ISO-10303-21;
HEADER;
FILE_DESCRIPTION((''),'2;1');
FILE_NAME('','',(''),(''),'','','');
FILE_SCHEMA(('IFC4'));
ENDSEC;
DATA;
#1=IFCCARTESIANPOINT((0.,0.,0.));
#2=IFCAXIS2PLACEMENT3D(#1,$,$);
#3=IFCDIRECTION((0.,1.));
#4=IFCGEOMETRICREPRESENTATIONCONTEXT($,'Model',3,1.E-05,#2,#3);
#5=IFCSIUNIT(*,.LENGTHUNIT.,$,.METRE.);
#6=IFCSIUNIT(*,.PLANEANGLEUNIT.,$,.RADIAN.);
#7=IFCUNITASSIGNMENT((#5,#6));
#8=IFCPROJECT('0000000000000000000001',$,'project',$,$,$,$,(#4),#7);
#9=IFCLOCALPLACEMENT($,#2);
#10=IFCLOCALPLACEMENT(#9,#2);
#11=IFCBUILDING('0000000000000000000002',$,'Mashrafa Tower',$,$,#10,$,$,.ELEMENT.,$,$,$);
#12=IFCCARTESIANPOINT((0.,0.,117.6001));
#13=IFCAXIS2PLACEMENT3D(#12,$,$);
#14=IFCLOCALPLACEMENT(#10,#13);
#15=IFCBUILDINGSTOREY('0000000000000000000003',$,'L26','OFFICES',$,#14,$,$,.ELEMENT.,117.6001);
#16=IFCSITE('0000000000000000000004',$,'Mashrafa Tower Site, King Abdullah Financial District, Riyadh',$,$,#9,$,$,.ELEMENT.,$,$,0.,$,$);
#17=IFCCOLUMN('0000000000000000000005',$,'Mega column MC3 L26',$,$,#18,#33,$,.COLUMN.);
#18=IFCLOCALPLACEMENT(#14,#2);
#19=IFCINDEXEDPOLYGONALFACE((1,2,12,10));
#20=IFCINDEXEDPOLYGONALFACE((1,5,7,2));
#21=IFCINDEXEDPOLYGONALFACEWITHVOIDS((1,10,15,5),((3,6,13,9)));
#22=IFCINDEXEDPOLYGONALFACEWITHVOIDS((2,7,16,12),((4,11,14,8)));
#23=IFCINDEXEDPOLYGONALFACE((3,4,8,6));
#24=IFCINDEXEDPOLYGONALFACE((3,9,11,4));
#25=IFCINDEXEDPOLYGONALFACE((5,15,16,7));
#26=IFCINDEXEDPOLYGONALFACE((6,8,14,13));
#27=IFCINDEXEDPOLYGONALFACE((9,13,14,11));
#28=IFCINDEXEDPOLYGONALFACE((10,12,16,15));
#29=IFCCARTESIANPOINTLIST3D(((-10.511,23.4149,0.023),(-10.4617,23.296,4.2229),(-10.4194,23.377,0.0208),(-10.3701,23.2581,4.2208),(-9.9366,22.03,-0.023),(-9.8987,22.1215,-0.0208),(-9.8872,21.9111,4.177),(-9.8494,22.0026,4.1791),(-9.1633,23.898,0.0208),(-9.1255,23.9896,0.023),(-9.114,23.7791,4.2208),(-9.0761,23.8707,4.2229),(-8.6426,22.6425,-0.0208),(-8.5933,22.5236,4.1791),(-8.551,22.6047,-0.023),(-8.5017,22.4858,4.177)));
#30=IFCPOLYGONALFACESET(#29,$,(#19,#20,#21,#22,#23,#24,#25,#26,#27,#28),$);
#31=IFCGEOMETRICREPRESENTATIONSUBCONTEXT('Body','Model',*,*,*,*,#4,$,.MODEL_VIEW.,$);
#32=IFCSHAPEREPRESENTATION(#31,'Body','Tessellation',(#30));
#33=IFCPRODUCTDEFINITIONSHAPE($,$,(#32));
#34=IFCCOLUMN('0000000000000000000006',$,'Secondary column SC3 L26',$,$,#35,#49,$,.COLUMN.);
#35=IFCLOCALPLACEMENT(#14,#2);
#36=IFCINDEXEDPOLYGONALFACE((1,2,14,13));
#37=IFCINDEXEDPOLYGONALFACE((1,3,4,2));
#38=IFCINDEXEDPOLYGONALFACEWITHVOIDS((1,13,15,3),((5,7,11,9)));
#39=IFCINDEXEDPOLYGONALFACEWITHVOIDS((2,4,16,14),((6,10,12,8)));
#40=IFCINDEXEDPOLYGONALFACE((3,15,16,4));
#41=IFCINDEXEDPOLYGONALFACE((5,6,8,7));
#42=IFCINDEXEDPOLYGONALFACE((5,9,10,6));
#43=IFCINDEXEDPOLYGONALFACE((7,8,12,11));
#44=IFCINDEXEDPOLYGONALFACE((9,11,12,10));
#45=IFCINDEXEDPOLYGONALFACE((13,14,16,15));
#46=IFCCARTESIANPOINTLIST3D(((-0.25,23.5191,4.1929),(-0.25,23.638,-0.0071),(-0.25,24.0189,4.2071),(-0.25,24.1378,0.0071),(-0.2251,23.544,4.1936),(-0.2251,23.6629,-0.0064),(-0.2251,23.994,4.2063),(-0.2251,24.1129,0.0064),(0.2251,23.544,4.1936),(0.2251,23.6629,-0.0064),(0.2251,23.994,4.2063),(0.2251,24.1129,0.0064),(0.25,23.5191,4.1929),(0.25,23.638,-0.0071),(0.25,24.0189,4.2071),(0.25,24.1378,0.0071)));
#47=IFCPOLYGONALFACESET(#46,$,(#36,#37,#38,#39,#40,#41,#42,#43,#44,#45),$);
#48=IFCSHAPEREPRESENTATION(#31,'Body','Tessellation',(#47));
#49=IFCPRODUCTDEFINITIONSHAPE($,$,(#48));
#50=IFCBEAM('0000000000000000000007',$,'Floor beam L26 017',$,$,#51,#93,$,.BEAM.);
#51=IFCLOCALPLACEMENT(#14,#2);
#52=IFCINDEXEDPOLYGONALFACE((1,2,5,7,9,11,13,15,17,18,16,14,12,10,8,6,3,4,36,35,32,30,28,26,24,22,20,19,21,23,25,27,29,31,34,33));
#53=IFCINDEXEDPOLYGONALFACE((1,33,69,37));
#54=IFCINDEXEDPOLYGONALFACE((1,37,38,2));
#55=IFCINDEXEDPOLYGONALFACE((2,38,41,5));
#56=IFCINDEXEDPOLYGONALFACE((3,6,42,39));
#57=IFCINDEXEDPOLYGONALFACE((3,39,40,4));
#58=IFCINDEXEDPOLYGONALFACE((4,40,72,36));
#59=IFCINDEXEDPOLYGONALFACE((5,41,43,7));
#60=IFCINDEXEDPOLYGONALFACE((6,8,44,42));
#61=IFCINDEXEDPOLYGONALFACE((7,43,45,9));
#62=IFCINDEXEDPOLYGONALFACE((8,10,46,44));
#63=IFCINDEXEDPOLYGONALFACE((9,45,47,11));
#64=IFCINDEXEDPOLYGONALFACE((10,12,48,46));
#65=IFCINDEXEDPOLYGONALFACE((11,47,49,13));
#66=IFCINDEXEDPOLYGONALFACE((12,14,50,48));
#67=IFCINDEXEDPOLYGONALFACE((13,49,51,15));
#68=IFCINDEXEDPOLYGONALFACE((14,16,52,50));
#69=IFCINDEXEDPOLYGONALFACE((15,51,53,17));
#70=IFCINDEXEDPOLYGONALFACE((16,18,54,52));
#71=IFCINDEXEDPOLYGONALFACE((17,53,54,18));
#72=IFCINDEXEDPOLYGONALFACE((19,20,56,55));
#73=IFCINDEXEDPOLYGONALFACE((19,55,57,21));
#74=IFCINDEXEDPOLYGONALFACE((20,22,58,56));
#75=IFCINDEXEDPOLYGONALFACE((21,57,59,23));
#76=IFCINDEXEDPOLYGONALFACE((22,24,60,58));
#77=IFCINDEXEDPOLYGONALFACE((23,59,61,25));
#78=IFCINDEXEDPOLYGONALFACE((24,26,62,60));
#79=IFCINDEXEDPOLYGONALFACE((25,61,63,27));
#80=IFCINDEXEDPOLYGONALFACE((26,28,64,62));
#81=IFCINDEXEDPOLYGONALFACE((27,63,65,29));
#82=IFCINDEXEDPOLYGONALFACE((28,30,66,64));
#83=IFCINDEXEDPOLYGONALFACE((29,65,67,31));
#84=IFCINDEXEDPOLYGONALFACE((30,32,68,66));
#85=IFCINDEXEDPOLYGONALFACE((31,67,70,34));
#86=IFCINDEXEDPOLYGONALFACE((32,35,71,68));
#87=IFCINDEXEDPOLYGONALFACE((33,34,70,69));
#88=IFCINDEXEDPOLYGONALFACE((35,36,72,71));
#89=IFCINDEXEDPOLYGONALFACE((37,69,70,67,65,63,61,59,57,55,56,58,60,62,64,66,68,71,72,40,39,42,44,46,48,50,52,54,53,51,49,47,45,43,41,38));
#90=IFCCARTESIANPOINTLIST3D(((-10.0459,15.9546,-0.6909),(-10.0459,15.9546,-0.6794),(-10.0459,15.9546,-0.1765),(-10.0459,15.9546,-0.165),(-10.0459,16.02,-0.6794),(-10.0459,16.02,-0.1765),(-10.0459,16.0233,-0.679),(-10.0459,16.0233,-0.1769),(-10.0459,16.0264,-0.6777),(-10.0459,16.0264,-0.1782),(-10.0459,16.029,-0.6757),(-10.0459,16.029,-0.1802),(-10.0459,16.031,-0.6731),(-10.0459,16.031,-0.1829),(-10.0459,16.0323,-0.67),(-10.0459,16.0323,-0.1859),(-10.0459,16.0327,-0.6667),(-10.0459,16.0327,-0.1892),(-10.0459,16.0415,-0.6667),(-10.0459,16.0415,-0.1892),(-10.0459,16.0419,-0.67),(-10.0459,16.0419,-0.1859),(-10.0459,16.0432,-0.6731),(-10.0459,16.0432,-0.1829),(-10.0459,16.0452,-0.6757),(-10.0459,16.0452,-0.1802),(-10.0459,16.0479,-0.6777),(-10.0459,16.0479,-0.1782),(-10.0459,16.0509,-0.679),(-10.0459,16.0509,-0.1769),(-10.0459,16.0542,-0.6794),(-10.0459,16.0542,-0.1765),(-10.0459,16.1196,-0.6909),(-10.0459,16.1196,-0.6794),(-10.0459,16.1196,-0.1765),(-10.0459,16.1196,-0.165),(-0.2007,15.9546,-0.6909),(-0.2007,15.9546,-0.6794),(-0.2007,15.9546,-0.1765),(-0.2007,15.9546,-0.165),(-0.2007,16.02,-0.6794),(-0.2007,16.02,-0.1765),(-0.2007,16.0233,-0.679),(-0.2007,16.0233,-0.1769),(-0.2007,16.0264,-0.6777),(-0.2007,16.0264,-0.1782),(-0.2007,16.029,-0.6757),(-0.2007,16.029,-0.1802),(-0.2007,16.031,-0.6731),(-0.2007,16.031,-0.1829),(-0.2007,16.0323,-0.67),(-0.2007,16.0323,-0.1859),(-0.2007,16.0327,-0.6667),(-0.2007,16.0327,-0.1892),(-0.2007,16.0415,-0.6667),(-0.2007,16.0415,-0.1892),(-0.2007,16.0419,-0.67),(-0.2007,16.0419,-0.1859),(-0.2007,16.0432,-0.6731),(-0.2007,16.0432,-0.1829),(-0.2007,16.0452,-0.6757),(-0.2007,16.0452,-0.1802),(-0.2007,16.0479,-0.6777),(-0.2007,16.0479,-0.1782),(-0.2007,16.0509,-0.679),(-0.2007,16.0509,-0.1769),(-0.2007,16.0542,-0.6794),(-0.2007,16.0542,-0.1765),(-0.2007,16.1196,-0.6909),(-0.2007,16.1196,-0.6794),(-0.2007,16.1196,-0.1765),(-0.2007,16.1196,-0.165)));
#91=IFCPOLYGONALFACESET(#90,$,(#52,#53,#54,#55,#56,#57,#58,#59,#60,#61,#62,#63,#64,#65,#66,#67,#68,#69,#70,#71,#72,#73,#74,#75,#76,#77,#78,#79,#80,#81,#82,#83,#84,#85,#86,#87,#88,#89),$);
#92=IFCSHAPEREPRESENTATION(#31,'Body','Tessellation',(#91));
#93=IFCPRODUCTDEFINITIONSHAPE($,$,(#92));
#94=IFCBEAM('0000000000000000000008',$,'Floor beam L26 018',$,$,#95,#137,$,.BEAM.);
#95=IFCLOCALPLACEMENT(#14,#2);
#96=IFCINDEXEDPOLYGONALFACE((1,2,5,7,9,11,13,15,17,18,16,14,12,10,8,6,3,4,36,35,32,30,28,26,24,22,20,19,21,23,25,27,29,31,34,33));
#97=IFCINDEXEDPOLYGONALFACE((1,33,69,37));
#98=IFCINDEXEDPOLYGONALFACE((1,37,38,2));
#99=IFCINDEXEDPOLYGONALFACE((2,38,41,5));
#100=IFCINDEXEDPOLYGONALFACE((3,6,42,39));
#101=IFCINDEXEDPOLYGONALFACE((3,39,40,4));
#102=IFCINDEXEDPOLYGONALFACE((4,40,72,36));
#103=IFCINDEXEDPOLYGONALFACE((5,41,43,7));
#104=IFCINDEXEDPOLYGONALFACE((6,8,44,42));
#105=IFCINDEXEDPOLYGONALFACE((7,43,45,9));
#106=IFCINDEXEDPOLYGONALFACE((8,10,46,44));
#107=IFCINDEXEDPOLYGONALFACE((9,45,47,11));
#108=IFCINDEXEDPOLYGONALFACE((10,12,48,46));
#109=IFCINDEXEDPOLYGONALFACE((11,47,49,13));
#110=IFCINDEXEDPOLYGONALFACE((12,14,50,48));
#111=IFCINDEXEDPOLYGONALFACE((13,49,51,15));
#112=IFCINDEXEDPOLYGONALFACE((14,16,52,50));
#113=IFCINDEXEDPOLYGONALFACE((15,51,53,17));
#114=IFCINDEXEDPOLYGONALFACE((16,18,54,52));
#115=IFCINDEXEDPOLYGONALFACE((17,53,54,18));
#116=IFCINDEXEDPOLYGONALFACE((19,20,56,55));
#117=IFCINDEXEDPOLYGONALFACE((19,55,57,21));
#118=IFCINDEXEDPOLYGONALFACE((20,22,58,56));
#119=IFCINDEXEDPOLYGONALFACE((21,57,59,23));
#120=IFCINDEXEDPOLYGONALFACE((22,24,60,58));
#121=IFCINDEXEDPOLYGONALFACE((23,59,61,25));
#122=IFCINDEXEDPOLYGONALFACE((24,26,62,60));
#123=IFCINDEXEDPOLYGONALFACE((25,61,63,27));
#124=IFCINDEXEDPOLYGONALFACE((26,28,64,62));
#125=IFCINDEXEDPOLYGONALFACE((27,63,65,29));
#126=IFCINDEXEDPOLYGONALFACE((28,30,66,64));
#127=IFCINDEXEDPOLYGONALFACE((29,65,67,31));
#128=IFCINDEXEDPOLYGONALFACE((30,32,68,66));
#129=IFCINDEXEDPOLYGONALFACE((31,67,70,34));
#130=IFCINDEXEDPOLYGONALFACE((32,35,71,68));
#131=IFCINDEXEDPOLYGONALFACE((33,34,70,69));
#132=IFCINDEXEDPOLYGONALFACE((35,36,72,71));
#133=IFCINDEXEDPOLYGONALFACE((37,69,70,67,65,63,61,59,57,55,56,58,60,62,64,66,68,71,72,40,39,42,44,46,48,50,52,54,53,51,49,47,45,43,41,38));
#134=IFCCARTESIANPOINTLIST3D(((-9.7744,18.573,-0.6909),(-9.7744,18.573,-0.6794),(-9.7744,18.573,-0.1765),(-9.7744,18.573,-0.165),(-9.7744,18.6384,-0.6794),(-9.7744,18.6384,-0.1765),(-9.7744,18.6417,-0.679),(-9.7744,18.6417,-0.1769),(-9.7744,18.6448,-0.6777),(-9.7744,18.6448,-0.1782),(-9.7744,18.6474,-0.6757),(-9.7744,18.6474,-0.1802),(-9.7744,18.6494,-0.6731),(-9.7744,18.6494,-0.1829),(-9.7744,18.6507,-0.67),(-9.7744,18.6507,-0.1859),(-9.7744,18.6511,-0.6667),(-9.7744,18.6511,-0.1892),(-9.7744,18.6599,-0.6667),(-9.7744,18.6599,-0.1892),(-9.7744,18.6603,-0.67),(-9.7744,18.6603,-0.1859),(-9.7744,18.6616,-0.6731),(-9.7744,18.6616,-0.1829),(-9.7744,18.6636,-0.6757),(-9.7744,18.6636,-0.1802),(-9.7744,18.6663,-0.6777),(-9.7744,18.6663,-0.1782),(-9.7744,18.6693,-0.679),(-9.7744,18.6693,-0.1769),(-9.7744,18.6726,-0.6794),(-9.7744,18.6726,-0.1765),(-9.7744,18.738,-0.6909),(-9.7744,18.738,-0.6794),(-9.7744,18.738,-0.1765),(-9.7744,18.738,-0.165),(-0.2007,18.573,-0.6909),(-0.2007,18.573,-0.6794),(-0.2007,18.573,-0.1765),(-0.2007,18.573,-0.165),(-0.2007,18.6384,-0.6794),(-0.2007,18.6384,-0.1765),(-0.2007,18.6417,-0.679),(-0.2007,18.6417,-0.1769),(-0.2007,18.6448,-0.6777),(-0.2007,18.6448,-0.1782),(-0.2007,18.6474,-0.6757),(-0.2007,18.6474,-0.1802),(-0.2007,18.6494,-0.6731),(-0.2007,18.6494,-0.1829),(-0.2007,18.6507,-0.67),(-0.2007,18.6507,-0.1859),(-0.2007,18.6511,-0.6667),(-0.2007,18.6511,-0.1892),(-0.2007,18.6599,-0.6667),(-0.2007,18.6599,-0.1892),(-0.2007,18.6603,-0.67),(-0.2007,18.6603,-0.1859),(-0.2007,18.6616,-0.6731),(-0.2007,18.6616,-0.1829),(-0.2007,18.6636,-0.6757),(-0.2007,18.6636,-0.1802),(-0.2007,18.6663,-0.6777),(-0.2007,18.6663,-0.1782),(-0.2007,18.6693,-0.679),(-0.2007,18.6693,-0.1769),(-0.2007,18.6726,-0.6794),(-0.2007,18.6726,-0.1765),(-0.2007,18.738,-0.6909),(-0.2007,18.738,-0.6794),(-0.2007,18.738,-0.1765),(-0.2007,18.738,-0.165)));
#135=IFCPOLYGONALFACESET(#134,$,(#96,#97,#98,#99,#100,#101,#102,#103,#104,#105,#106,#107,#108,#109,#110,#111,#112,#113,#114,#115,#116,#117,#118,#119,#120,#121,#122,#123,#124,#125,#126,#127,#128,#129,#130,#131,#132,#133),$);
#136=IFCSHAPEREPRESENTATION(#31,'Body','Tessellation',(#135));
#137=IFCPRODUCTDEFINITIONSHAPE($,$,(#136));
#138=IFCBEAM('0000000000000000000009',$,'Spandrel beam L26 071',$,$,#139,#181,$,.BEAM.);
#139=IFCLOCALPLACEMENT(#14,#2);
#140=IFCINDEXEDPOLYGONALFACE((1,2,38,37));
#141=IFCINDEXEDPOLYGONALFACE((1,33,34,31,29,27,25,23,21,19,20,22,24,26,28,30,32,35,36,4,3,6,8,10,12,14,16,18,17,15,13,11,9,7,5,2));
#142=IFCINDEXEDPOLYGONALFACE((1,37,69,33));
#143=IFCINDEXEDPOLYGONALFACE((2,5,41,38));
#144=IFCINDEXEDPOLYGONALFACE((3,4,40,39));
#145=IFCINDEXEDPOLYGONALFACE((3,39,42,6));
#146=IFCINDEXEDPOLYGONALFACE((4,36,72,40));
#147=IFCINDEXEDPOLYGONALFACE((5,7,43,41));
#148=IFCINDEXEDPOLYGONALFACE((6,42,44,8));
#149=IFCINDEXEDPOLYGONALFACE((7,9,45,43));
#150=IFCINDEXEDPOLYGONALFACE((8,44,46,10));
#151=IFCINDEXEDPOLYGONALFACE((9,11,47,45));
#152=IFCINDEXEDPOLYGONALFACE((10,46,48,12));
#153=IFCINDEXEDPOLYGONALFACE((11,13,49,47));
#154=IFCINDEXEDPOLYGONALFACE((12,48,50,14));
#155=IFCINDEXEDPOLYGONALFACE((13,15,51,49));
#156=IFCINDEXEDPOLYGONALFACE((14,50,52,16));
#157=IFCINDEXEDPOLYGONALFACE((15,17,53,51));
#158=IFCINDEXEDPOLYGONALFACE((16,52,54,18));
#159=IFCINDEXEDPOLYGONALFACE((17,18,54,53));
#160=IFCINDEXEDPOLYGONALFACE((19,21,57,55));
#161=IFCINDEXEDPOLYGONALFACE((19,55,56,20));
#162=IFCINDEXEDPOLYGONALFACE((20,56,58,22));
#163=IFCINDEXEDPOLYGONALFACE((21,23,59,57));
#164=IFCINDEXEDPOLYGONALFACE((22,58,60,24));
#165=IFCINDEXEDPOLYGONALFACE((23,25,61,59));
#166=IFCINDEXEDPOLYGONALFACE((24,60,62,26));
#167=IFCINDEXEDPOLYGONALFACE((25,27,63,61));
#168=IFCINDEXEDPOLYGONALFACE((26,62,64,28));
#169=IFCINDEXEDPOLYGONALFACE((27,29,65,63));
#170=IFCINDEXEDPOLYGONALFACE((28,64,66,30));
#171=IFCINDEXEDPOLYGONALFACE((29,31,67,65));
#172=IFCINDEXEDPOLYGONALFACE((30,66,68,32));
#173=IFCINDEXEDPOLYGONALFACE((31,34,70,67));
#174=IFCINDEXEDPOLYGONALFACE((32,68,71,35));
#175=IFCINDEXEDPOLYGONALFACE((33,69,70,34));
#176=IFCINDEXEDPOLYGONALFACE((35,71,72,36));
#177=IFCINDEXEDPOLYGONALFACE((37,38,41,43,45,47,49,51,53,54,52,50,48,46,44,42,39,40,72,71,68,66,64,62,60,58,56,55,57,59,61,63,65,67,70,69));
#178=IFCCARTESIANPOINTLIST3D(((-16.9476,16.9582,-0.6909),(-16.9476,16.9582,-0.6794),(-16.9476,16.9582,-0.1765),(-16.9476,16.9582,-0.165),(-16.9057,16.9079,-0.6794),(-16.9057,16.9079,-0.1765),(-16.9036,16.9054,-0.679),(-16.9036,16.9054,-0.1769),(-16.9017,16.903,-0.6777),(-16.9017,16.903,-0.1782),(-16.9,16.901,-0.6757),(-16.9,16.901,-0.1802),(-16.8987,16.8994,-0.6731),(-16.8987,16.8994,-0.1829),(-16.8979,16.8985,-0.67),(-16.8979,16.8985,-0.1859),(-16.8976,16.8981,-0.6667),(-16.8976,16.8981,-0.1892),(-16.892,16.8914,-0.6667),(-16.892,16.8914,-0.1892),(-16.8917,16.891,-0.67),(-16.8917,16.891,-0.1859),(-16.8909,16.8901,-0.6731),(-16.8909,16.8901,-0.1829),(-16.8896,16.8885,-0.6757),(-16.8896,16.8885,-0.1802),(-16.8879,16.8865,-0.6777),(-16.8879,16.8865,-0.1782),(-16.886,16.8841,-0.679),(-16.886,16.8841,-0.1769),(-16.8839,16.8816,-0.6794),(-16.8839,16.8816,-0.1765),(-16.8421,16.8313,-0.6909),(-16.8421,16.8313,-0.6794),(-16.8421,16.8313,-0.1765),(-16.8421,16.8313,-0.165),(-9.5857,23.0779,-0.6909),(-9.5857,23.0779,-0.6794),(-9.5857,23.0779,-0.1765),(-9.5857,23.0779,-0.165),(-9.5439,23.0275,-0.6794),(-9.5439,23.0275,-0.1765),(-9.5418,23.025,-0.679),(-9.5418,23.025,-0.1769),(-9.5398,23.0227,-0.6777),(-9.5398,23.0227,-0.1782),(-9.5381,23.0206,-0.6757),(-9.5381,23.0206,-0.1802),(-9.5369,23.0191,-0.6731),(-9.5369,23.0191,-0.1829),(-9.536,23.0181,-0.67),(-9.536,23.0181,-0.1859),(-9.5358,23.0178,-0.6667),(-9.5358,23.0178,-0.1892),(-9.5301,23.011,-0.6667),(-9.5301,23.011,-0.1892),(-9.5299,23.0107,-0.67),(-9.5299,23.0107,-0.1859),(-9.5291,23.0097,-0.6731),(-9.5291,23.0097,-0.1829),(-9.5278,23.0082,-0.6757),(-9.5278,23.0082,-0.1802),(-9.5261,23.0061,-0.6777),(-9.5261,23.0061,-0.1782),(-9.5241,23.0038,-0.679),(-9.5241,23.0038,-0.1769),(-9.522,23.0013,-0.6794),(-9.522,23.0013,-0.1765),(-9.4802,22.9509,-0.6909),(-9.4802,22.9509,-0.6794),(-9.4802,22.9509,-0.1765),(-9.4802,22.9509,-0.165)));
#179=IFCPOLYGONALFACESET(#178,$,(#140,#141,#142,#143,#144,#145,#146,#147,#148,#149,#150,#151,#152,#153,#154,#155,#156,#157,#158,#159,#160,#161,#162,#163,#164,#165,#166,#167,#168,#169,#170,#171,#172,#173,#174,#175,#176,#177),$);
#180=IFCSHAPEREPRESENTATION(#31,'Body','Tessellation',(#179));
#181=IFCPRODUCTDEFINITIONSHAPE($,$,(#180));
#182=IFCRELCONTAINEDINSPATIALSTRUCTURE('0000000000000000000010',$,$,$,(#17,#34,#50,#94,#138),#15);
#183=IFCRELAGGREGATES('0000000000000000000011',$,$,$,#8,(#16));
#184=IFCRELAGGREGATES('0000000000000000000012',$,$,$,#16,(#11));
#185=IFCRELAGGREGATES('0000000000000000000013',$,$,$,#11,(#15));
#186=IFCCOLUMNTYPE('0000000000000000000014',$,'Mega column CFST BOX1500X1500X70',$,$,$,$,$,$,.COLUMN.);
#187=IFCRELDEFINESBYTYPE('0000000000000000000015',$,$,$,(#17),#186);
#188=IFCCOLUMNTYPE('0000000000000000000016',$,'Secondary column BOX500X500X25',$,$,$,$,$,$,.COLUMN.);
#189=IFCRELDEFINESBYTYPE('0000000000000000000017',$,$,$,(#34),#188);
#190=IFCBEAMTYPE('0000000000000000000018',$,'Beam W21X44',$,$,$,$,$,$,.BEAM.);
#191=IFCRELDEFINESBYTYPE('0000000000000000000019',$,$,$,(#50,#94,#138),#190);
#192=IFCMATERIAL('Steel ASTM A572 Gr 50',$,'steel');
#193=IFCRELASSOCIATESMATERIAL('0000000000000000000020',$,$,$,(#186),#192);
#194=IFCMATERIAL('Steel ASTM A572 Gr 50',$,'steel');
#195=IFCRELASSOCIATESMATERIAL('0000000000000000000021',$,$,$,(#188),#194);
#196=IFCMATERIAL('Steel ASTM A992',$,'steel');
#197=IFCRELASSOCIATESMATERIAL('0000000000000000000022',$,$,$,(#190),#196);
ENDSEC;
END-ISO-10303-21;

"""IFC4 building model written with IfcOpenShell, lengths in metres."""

from ifc_helpers import new_model, si_unit, direction, frame, origin, origin_2d, place, context, subcontext, project, spatial, hollow_rectangle, i_section, extrude, material, material_profile, profile_set, type_object, element, save


model = new_model("IFC4")

# Units and contexts
model_context = context("Model", 3, precision=1e-05, world=origin(), true_north=direction((0.0, 1.0)))
body_context = subcontext(model_context, "Body", "Model", "MODEL_VIEW")
ifc_project = project(units=[si_unit("LENGTHUNIT", "METRE"), si_unit("PLANEANGLEUNIT", "RADIAN")], contexts=[model_context])

# Site, building, storey
site_placement = place(None, origin())
site = spatial("IfcSite", under=ifc_project, at=site_placement, Name="Mashrafa Tower Site, King Abdullah Financial District, Riyadh", CompositionType="ELEMENT", RefElevation=0.0)
building_placement = place(site_placement, origin())
building = spatial("IfcBuilding", under=site, at=building_placement, Name="Mashrafa Tower", CompositionType="ELEMENT")
storey_placement = place(building_placement, frame((0.0, 0.0, 117.6001)))
storey = spatial("IfcBuildingStorey", under=building, at=storey_placement, Name="L26", Description="OFFICES", CompositionType="ELEMENT", Elevation=117.6001)

# Columns
ifc_material_1 = material(Name="Steel ASTM A572 Gr 50", Category="steel")
ifc_material_profile_1 = material_profile(ifc_material_1, hollow_rectangle(XDim=1.5, YDim=1.5, WallThickness=0.0701, at=origin_2d()), Name="BOX1500X1500X70")
ifc_profile_set_1 = profile_set([ifc_material_profile_1], Name="Steel ASTM A572 Gr 50")
column_type_1 = type_object("IfcColumnType", Name="Mega column CFST BOX1500X1500X70", PredefinedType="COLUMN", material=ifc_profile_set_1)
column_1_placement = place(storey_placement, frame((-9.531, 23.0098, 0.0), z_axis=(0.011737, -0.028296, 0.999531), x_axis=(0.923693, 0.383133, 0.0)))
element("IfcColumn", 1, at=column_1_placement, inside=storey, type_object=column_type_1, Name="Mega column MC3 L26", PredefinedType="COLUMN", context=body_context, shape_type="SweptSolid", body=[
    extrude(hollow_rectangle(XDim=1.5, YDim=1.5, WallThickness=0.0701, at=origin_2d()), origin(), (0.0, 0.0, 1.0), 4.2019),
])
ifc_material_2 = material(Name="Steel ASTM A572 Gr 50", Category="steel")
ifc_material_profile_2 = material_profile(ifc_material_2, hollow_rectangle(XDim=0.5, YDim=0.5, WallThickness=0.0249, at=origin_2d()), Name="BOX500X500X25")
ifc_profile_set_2 = profile_set([ifc_material_profile_2], Name="Steel ASTM A572 Gr 50")
column_type_2 = type_object("IfcColumnType", Name="Secondary column BOX500X500X25", PredefinedType="COLUMN", material=ifc_profile_set_2)
column_2_placement = place(storey_placement, frame((0.0, 23.8879, 0.0), z_axis=(0.0, -0.028298, 0.9996), x_axis=(1.0, 0.0, 0.0)))
element("IfcColumn", 2, at=column_2_placement, inside=storey, type_object=column_type_2, Name="Secondary column SC3 L26", PredefinedType="COLUMN", context=body_context, shape_type="SweptSolid", body=[
    extrude(hollow_rectangle(XDim=0.5, YDim=0.5, WallThickness=0.0249, at=origin_2d()), origin(), (0.0, 0.0, 1.0), 4.2017),
])

# Beams
ifc_material_3 = material(Name="Steel ASTM A992", Category="steel")
ifc_material_profile_3 = material_profile(ifc_material_3, i_section(OverallWidth=0.165, OverallDepth=0.5259, WebThickness=0.0088, FlangeThickness=0.0115, FilletRadius=0.0127, at=origin_2d()), Name="W21X44")
ifc_profile_set_3 = profile_set([ifc_material_profile_3], Name="Steel ASTM A992")
beam_type_1 = type_object("IfcBeamType", Name="Beam W21X44", PredefinedType="BEAM", material=ifc_profile_set_3)
beam_1_placement = place(storey_placement, frame((-10.0459, 16.0371, -0.428), z_axis=(1.0, 0.0, 0.0), x_axis=(0.0, 1.0, 0.0)))
element("IfcBeam", 3, at=beam_1_placement, inside=storey, type_object=beam_type_1, Name="Floor beam L26 017", PredefinedType="BEAM", context=body_context, shape_type="SweptSolid", body=[
    extrude(i_section(OverallWidth=0.165, OverallDepth=0.5259, WebThickness=0.0088, FlangeThickness=0.0115, FilletRadius=0.0127, at=origin_2d()), origin(), (0.0, 0.0, 1.0), 9.8452),
])
beam_2_placement = place(storey_placement, frame((-9.7744, 18.6555, -0.428), z_axis=(1.0, 0.0, 0.0), x_axis=(0.0, 1.0, 0.0)))
element("IfcBeam", 4, at=beam_2_placement, inside=storey, type_object=beam_type_1, Name="Floor beam L26 018", PredefinedType="BEAM", context=body_context, shape_type="SweptSolid", body=[
    extrude(i_section(OverallWidth=0.165, OverallDepth=0.5259, WebThickness=0.0088, FlangeThickness=0.0115, FilletRadius=0.0127, at=origin_2d()), origin(), (0.0, 0.0, 1.0), 9.5737),
])
beam_3_placement = place(storey_placement, frame((-9.533, 23.0144, -0.428), z_axis=(-0.769003, -0.639246, 0.0), x_axis=(0.639246, -0.769003, 0.0)))
element("IfcBeam", 5, at=beam_3_placement, inside=storey, type_object=beam_type_1, Name="Spandrel beam L26 071", PredefinedType="BEAM", context=body_context, shape_type="SweptSolid", body=[
    extrude(i_section(OverallWidth=0.165, OverallDepth=0.5259, WebThickness=0.0088, FlangeThickness=0.0115, FilletRadius=0.0127, at=origin_2d()), origin(), (0.0, 0.0, 1.0), 9.5732),
])

save(model, "model.ifc")
